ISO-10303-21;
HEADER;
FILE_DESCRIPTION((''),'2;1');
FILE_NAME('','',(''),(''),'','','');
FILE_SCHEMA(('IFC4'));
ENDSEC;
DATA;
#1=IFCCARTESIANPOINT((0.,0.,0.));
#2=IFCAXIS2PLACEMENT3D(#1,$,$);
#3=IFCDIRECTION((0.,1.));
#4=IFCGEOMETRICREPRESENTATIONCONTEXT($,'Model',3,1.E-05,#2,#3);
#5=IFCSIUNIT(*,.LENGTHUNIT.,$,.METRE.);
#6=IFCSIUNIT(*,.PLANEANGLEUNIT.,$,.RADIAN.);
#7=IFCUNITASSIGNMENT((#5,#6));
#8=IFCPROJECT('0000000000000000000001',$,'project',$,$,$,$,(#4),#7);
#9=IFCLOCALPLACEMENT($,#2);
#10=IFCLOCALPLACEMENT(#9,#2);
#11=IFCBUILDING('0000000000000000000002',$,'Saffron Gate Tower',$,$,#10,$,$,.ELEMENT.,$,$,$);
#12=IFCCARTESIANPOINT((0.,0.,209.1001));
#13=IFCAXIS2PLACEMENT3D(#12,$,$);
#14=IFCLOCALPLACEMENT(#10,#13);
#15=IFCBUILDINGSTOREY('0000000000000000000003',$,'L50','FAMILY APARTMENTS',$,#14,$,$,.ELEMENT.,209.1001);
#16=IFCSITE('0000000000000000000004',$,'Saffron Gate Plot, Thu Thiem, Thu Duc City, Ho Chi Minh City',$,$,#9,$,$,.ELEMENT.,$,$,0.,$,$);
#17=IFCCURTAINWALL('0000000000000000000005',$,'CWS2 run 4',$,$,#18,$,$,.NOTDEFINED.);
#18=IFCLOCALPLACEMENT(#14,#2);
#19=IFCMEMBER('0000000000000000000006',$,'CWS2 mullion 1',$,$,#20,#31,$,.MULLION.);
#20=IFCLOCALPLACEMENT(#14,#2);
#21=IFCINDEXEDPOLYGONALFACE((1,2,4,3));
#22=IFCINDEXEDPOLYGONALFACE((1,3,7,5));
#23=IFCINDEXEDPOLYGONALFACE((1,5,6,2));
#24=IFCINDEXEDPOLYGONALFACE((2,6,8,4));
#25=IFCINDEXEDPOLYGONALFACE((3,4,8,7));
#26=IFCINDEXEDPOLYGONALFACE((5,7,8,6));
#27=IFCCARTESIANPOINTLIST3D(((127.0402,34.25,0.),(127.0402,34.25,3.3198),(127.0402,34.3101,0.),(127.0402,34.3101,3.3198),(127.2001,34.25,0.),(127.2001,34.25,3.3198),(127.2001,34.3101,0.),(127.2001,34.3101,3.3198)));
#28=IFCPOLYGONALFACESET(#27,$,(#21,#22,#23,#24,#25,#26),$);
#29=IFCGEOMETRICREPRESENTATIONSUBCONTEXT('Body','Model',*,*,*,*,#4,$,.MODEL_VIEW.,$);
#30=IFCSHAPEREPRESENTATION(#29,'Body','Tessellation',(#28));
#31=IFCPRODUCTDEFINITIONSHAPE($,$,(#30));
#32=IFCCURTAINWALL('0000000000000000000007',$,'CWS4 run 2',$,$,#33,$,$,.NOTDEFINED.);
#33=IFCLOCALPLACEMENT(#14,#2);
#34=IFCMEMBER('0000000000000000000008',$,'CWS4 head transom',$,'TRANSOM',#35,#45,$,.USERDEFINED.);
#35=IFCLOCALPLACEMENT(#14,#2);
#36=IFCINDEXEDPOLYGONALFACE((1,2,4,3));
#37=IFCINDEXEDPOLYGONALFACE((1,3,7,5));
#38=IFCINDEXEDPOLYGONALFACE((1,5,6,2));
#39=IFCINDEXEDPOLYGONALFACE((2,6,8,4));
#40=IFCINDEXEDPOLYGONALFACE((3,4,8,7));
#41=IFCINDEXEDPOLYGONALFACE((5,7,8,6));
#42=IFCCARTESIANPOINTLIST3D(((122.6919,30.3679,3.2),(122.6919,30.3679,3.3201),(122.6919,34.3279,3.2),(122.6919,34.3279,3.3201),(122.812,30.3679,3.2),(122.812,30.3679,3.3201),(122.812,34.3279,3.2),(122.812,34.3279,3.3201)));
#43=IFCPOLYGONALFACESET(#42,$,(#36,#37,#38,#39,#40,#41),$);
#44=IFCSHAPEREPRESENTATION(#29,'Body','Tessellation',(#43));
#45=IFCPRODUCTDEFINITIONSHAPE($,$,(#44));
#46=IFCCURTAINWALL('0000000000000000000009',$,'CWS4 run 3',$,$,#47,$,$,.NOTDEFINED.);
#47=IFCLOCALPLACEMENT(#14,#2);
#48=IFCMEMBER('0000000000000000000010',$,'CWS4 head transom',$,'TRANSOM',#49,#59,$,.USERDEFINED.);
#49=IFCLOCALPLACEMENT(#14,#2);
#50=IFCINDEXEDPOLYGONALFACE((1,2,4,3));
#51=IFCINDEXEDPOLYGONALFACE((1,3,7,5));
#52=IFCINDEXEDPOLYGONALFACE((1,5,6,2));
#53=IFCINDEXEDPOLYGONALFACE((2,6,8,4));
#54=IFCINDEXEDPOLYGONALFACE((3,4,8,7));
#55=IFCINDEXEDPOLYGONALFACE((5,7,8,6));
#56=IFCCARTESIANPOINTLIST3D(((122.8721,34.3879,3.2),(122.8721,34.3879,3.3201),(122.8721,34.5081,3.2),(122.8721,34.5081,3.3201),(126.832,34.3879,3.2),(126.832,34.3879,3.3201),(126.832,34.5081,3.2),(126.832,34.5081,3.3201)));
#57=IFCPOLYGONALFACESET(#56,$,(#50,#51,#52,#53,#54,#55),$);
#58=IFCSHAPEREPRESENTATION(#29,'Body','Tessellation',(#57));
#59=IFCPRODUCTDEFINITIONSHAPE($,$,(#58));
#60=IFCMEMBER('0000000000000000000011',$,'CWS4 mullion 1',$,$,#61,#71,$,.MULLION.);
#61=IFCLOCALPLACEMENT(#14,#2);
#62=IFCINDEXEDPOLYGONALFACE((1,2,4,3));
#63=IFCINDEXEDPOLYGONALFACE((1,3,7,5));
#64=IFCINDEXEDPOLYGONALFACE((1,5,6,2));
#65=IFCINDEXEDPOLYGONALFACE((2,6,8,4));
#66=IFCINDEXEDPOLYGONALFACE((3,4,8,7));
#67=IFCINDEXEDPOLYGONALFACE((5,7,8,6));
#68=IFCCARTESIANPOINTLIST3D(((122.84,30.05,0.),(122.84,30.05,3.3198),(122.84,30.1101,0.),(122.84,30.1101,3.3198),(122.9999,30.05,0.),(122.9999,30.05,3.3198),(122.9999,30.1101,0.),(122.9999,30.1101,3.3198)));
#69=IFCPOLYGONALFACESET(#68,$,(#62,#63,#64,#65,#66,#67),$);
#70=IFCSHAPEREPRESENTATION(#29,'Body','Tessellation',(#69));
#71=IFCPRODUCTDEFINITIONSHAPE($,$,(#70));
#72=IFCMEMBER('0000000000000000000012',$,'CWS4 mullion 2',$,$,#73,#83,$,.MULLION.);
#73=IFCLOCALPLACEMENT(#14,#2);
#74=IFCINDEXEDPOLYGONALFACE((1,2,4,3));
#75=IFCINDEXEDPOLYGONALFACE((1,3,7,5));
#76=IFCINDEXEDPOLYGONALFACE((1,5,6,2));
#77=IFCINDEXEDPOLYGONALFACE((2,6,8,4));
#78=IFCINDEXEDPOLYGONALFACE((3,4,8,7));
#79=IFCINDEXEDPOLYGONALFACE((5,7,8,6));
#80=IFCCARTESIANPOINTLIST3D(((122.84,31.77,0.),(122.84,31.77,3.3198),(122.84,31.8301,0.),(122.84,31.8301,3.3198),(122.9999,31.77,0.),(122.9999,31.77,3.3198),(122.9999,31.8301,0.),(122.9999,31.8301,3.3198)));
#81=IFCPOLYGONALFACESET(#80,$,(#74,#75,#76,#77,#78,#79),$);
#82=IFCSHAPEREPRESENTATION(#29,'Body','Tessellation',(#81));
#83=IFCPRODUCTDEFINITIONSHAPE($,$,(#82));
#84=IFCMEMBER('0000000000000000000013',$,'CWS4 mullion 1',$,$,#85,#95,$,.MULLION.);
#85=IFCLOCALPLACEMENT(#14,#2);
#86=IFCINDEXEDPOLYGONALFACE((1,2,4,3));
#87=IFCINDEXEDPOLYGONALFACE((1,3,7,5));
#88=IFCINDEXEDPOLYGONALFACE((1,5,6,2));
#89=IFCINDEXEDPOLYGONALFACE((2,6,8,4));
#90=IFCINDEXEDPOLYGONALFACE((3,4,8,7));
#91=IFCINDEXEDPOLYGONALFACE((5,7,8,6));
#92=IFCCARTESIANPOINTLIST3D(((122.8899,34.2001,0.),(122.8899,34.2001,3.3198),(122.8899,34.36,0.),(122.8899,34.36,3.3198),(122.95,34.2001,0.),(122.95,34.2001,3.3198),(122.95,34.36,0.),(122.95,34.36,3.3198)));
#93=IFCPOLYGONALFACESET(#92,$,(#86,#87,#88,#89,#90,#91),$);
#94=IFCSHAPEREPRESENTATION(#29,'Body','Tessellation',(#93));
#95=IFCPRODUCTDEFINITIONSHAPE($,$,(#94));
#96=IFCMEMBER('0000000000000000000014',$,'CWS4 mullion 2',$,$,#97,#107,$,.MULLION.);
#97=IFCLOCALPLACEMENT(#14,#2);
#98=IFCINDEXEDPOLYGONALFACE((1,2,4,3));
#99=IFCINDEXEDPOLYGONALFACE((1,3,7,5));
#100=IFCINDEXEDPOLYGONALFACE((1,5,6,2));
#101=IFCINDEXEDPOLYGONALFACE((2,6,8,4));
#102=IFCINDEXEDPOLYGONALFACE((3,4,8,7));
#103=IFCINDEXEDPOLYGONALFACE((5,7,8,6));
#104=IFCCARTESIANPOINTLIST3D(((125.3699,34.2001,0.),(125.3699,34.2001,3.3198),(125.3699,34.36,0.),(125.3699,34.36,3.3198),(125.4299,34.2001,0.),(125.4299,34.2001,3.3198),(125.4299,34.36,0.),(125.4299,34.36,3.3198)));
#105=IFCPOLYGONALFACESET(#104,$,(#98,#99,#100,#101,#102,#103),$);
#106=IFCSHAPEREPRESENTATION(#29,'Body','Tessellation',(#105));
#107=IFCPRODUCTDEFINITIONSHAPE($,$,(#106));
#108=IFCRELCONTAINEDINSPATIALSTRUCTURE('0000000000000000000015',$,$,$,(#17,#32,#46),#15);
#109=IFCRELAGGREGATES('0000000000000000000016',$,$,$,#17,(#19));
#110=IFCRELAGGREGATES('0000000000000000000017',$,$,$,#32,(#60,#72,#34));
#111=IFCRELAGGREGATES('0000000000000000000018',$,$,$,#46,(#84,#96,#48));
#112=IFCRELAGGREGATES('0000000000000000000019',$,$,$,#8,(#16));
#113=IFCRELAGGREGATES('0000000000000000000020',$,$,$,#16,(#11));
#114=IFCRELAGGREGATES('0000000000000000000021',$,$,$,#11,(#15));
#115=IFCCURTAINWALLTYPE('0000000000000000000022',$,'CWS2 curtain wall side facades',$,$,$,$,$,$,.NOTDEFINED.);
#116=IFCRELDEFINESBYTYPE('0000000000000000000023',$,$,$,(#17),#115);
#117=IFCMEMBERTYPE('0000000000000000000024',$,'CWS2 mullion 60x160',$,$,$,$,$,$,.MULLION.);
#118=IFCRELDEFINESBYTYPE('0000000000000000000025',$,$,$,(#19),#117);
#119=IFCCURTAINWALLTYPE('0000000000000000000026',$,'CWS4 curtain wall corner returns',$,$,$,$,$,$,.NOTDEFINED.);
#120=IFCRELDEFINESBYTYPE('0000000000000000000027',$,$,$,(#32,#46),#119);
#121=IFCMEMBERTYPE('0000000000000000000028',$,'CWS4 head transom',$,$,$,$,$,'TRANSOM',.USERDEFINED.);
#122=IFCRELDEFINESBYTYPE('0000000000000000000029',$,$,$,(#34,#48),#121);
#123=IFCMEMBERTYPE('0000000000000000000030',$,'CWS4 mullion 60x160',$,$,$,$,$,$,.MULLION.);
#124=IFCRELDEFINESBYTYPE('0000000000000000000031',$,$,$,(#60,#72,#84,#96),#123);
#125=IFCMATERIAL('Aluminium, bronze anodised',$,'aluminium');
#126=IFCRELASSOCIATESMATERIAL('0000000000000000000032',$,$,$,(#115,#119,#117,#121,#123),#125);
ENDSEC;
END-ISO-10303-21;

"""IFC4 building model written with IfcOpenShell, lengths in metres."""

from ifc_helpers import new_model, si_unit, direction, frame, origin, origin_2d, place, context, subcontext, project, spatial, rectangle, extrude, material, material_profile, profile_set, type_object, element, aggregate, save


model = new_model("IFC4")

# Units and contexts
model_context = context("Model", 3, precision=1e-05, world=origin(), true_north=direction((0.0, 1.0)))
body_context = subcontext(model_context, "Body", "Model", "MODEL_VIEW")
ifc_project = project(units=[si_unit("LENGTHUNIT", "METRE"), si_unit("PLANEANGLEUNIT", "RADIAN")], contexts=[model_context])

# Site, building, storey
site_placement = place(None, origin())
site = spatial("IfcSite", under=ifc_project, at=site_placement, Name="Saffron Gate Plot, Thu Thiem, Thu Duc City, Ho Chi Minh City", CompositionType="ELEMENT", RefElevation=0.0)
building_placement = place(site_placement, origin())
building = spatial("IfcBuilding", under=site, at=building_placement, Name="Saffron Gate Tower", CompositionType="ELEMENT")
storey_placement = place(building_placement, frame((0.0, 0.0, 209.1001)))
storey = spatial("IfcBuildingStorey", under=building, at=storey_placement, Name="L50", Description="FAMILY APARTMENTS", CompositionType="ELEMENT", Elevation=209.1001)

# Curtain walls, members
ifc_material_1 = material(Name="Aluminium, bronze anodised", Category="aluminium")
curtain_wall_type_1 = type_object("IfcCurtainWallType", Name="CWS2 curtain wall side facades", PredefinedType="NOTDEFINED", material=ifc_material_1)
curtain_wall_1_placement = place(storey_placement, origin())
curtain_wall_1 = element("IfcCurtainWall", 1, at=curtain_wall_1_placement, inside=storey, type_object=curtain_wall_type_1, Name="CWS2 run 4", PredefinedType="NOTDEFINED")
ifc_material_profile_1 = material_profile(ifc_material_1, rectangle(XDim=0.1599, YDim=0.0601, at=origin_2d()))
ifc_profile_set_1 = profile_set([ifc_material_profile_1], Name="Aluminium, bronze anodised")
member_type_1 = type_object("IfcMemberType", Name="CWS2 mullion 60x160", PredefinedType="MULLION", material=ifc_profile_set_1)
member_1_placement = place(storey_placement, frame((127.1201, 34.28, 0.0), z_axis=(0.0, 0.0, 1.0), x_axis=(-1.0, 0.0, 0.0)))
member_1 = element("IfcMember", 2, at=member_1_placement, type_object=member_type_1, Name="CWS2 mullion 1", PredefinedType="MULLION", context=body_context, shape_type="SweptSolid", body=[
    extrude(rectangle(XDim=0.1599, YDim=0.0601, at=origin_2d()), origin(), (0.0, 0.0, 1.0), 3.3198),
])
curtain_wall_type_2 = type_object("IfcCurtainWallType", Name="CWS4 curtain wall corner returns", PredefinedType="NOTDEFINED", material=ifc_material_1)
curtain_wall_2_placement = place(storey_placement, origin())
curtain_wall_2 = element("IfcCurtainWall", 3, at=curtain_wall_2_placement, inside=storey, type_object=curtain_wall_type_2, Name="CWS4 run 2", PredefinedType="NOTDEFINED")
ifc_material_profile_2 = material_profile(ifc_material_1, rectangle(XDim=0.1201, YDim=0.1201, at=origin_2d()))
ifc_profile_set_2 = profile_set([ifc_material_profile_2], Name="Aluminium, bronze anodised")
member_type_2 = type_object("IfcMemberType", Name="CWS4 head transom", ElementType="TRANSOM", PredefinedType="USERDEFINED", material=ifc_profile_set_2)
member_2_placement = place(storey_placement, frame((122.752, 30.3679, 3.26), z_axis=(0.0, 1.0, 0.0), x_axis=(-1.0, 0.0, 0.0)))
member_2 = element("IfcMember", 4, at=member_2_placement, type_object=member_type_2, Name="CWS4 head transom", ObjectType="TRANSOM", PredefinedType="USERDEFINED", context=body_context, shape_type="SweptSolid", body=[
    extrude(rectangle(XDim=0.1201, YDim=0.1201, at=origin_2d()), origin(), (0.0, 0.0, 1.0), 3.96),
])
curtain_wall_3_placement = place(storey_placement, origin())
curtain_wall_3 = element("IfcCurtainWall", 5, at=curtain_wall_3_placement, inside=storey, type_object=curtain_wall_type_2, Name="CWS4 run 3", PredefinedType="NOTDEFINED")
member_3_placement = place(storey_placement, frame((122.8721, 34.448, 3.26), z_axis=(1.0, 0.0, 0.0), x_axis=(0.0, 1.0, 0.0)))
member_3 = element("IfcMember", 6, at=member_3_placement, type_object=member_type_2, Name="CWS4 head transom", ObjectType="TRANSOM", PredefinedType="USERDEFINED", context=body_context, shape_type="SweptSolid", body=[
    extrude(rectangle(XDim=0.1201, YDim=0.1201, at=origin_2d()), origin(), (0.0, 0.0, 1.0), 3.96),
])

# Members
ifc_material_profile_3 = material_profile(ifc_material_1, rectangle(XDim=0.1599, YDim=0.0601, at=origin_2d()))
ifc_profile_set_3 = profile_set([ifc_material_profile_3], Name="Aluminium, bronze anodised")
member_type_3 = type_object("IfcMemberType", Name="CWS4 mullion 60x160", PredefinedType="MULLION", material=ifc_profile_set_3)
member_4_placement = place(storey_placement, frame((122.9199, 30.0801, 0.0), z_axis=(0.0, 0.0, 1.0), x_axis=(-1.0, 0.0, 0.0)))
member_4 = element("IfcMember", 7, at=member_4_placement, type_object=member_type_3, Name="CWS4 mullion 1", PredefinedType="MULLION", context=body_context, shape_type="SweptSolid", body=[
    extrude(rectangle(XDim=0.1599, YDim=0.0601, at=origin_2d()), origin(), (0.0, 0.0, 1.0), 3.3198),
])
member_5_placement = place(storey_placement, frame((122.9199, 31.8, 0.0), z_axis=(0.0, 0.0, 1.0), x_axis=(-1.0, 0.0, 0.0)))
member_5 = element("IfcMember", 8, at=member_5_placement, type_object=member_type_3, Name="CWS4 mullion 2", PredefinedType="MULLION", context=body_context, shape_type="SweptSolid", body=[
    extrude(rectangle(XDim=0.1599, YDim=0.0601, at=origin_2d()), origin(), (0.0, 0.0, 1.0), 3.3198),
])
member_6_placement = place(storey_placement, frame((122.9199, 34.28, 0.0), z_axis=(0.0, 0.0, 1.0), x_axis=(0.0, 1.0, 0.0)))
member_6 = element("IfcMember", 9, at=member_6_placement, type_object=member_type_3, Name="CWS4 mullion 1", PredefinedType="MULLION", context=body_context, shape_type="SweptSolid", body=[
    extrude(rectangle(XDim=0.1599, YDim=0.0601, at=origin_2d()), origin(), (0.0, 0.0, 1.0), 3.3198),
])
member_7_placement = place(storey_placement, frame((125.3999, 34.28, 0.0), z_axis=(0.0, 0.0, 1.0), x_axis=(0.0, 1.0, 0.0)))
member_7 = element("IfcMember", 10, at=member_7_placement, type_object=member_type_3, Name="CWS4 mullion 2", PredefinedType="MULLION", context=body_context, shape_type="SweptSolid", body=[
    extrude(rectangle(XDim=0.1599, YDim=0.0601, at=origin_2d()), origin(), (0.0, 0.0, 1.0), 3.3198),
])

aggregate(curtain_wall_1, [member_1])

aggregate(curtain_wall_2, [member_4, member_5, member_2])
aggregate(curtain_wall_3, [member_6, member_7, member_3])

save(model, "model.ifc")
